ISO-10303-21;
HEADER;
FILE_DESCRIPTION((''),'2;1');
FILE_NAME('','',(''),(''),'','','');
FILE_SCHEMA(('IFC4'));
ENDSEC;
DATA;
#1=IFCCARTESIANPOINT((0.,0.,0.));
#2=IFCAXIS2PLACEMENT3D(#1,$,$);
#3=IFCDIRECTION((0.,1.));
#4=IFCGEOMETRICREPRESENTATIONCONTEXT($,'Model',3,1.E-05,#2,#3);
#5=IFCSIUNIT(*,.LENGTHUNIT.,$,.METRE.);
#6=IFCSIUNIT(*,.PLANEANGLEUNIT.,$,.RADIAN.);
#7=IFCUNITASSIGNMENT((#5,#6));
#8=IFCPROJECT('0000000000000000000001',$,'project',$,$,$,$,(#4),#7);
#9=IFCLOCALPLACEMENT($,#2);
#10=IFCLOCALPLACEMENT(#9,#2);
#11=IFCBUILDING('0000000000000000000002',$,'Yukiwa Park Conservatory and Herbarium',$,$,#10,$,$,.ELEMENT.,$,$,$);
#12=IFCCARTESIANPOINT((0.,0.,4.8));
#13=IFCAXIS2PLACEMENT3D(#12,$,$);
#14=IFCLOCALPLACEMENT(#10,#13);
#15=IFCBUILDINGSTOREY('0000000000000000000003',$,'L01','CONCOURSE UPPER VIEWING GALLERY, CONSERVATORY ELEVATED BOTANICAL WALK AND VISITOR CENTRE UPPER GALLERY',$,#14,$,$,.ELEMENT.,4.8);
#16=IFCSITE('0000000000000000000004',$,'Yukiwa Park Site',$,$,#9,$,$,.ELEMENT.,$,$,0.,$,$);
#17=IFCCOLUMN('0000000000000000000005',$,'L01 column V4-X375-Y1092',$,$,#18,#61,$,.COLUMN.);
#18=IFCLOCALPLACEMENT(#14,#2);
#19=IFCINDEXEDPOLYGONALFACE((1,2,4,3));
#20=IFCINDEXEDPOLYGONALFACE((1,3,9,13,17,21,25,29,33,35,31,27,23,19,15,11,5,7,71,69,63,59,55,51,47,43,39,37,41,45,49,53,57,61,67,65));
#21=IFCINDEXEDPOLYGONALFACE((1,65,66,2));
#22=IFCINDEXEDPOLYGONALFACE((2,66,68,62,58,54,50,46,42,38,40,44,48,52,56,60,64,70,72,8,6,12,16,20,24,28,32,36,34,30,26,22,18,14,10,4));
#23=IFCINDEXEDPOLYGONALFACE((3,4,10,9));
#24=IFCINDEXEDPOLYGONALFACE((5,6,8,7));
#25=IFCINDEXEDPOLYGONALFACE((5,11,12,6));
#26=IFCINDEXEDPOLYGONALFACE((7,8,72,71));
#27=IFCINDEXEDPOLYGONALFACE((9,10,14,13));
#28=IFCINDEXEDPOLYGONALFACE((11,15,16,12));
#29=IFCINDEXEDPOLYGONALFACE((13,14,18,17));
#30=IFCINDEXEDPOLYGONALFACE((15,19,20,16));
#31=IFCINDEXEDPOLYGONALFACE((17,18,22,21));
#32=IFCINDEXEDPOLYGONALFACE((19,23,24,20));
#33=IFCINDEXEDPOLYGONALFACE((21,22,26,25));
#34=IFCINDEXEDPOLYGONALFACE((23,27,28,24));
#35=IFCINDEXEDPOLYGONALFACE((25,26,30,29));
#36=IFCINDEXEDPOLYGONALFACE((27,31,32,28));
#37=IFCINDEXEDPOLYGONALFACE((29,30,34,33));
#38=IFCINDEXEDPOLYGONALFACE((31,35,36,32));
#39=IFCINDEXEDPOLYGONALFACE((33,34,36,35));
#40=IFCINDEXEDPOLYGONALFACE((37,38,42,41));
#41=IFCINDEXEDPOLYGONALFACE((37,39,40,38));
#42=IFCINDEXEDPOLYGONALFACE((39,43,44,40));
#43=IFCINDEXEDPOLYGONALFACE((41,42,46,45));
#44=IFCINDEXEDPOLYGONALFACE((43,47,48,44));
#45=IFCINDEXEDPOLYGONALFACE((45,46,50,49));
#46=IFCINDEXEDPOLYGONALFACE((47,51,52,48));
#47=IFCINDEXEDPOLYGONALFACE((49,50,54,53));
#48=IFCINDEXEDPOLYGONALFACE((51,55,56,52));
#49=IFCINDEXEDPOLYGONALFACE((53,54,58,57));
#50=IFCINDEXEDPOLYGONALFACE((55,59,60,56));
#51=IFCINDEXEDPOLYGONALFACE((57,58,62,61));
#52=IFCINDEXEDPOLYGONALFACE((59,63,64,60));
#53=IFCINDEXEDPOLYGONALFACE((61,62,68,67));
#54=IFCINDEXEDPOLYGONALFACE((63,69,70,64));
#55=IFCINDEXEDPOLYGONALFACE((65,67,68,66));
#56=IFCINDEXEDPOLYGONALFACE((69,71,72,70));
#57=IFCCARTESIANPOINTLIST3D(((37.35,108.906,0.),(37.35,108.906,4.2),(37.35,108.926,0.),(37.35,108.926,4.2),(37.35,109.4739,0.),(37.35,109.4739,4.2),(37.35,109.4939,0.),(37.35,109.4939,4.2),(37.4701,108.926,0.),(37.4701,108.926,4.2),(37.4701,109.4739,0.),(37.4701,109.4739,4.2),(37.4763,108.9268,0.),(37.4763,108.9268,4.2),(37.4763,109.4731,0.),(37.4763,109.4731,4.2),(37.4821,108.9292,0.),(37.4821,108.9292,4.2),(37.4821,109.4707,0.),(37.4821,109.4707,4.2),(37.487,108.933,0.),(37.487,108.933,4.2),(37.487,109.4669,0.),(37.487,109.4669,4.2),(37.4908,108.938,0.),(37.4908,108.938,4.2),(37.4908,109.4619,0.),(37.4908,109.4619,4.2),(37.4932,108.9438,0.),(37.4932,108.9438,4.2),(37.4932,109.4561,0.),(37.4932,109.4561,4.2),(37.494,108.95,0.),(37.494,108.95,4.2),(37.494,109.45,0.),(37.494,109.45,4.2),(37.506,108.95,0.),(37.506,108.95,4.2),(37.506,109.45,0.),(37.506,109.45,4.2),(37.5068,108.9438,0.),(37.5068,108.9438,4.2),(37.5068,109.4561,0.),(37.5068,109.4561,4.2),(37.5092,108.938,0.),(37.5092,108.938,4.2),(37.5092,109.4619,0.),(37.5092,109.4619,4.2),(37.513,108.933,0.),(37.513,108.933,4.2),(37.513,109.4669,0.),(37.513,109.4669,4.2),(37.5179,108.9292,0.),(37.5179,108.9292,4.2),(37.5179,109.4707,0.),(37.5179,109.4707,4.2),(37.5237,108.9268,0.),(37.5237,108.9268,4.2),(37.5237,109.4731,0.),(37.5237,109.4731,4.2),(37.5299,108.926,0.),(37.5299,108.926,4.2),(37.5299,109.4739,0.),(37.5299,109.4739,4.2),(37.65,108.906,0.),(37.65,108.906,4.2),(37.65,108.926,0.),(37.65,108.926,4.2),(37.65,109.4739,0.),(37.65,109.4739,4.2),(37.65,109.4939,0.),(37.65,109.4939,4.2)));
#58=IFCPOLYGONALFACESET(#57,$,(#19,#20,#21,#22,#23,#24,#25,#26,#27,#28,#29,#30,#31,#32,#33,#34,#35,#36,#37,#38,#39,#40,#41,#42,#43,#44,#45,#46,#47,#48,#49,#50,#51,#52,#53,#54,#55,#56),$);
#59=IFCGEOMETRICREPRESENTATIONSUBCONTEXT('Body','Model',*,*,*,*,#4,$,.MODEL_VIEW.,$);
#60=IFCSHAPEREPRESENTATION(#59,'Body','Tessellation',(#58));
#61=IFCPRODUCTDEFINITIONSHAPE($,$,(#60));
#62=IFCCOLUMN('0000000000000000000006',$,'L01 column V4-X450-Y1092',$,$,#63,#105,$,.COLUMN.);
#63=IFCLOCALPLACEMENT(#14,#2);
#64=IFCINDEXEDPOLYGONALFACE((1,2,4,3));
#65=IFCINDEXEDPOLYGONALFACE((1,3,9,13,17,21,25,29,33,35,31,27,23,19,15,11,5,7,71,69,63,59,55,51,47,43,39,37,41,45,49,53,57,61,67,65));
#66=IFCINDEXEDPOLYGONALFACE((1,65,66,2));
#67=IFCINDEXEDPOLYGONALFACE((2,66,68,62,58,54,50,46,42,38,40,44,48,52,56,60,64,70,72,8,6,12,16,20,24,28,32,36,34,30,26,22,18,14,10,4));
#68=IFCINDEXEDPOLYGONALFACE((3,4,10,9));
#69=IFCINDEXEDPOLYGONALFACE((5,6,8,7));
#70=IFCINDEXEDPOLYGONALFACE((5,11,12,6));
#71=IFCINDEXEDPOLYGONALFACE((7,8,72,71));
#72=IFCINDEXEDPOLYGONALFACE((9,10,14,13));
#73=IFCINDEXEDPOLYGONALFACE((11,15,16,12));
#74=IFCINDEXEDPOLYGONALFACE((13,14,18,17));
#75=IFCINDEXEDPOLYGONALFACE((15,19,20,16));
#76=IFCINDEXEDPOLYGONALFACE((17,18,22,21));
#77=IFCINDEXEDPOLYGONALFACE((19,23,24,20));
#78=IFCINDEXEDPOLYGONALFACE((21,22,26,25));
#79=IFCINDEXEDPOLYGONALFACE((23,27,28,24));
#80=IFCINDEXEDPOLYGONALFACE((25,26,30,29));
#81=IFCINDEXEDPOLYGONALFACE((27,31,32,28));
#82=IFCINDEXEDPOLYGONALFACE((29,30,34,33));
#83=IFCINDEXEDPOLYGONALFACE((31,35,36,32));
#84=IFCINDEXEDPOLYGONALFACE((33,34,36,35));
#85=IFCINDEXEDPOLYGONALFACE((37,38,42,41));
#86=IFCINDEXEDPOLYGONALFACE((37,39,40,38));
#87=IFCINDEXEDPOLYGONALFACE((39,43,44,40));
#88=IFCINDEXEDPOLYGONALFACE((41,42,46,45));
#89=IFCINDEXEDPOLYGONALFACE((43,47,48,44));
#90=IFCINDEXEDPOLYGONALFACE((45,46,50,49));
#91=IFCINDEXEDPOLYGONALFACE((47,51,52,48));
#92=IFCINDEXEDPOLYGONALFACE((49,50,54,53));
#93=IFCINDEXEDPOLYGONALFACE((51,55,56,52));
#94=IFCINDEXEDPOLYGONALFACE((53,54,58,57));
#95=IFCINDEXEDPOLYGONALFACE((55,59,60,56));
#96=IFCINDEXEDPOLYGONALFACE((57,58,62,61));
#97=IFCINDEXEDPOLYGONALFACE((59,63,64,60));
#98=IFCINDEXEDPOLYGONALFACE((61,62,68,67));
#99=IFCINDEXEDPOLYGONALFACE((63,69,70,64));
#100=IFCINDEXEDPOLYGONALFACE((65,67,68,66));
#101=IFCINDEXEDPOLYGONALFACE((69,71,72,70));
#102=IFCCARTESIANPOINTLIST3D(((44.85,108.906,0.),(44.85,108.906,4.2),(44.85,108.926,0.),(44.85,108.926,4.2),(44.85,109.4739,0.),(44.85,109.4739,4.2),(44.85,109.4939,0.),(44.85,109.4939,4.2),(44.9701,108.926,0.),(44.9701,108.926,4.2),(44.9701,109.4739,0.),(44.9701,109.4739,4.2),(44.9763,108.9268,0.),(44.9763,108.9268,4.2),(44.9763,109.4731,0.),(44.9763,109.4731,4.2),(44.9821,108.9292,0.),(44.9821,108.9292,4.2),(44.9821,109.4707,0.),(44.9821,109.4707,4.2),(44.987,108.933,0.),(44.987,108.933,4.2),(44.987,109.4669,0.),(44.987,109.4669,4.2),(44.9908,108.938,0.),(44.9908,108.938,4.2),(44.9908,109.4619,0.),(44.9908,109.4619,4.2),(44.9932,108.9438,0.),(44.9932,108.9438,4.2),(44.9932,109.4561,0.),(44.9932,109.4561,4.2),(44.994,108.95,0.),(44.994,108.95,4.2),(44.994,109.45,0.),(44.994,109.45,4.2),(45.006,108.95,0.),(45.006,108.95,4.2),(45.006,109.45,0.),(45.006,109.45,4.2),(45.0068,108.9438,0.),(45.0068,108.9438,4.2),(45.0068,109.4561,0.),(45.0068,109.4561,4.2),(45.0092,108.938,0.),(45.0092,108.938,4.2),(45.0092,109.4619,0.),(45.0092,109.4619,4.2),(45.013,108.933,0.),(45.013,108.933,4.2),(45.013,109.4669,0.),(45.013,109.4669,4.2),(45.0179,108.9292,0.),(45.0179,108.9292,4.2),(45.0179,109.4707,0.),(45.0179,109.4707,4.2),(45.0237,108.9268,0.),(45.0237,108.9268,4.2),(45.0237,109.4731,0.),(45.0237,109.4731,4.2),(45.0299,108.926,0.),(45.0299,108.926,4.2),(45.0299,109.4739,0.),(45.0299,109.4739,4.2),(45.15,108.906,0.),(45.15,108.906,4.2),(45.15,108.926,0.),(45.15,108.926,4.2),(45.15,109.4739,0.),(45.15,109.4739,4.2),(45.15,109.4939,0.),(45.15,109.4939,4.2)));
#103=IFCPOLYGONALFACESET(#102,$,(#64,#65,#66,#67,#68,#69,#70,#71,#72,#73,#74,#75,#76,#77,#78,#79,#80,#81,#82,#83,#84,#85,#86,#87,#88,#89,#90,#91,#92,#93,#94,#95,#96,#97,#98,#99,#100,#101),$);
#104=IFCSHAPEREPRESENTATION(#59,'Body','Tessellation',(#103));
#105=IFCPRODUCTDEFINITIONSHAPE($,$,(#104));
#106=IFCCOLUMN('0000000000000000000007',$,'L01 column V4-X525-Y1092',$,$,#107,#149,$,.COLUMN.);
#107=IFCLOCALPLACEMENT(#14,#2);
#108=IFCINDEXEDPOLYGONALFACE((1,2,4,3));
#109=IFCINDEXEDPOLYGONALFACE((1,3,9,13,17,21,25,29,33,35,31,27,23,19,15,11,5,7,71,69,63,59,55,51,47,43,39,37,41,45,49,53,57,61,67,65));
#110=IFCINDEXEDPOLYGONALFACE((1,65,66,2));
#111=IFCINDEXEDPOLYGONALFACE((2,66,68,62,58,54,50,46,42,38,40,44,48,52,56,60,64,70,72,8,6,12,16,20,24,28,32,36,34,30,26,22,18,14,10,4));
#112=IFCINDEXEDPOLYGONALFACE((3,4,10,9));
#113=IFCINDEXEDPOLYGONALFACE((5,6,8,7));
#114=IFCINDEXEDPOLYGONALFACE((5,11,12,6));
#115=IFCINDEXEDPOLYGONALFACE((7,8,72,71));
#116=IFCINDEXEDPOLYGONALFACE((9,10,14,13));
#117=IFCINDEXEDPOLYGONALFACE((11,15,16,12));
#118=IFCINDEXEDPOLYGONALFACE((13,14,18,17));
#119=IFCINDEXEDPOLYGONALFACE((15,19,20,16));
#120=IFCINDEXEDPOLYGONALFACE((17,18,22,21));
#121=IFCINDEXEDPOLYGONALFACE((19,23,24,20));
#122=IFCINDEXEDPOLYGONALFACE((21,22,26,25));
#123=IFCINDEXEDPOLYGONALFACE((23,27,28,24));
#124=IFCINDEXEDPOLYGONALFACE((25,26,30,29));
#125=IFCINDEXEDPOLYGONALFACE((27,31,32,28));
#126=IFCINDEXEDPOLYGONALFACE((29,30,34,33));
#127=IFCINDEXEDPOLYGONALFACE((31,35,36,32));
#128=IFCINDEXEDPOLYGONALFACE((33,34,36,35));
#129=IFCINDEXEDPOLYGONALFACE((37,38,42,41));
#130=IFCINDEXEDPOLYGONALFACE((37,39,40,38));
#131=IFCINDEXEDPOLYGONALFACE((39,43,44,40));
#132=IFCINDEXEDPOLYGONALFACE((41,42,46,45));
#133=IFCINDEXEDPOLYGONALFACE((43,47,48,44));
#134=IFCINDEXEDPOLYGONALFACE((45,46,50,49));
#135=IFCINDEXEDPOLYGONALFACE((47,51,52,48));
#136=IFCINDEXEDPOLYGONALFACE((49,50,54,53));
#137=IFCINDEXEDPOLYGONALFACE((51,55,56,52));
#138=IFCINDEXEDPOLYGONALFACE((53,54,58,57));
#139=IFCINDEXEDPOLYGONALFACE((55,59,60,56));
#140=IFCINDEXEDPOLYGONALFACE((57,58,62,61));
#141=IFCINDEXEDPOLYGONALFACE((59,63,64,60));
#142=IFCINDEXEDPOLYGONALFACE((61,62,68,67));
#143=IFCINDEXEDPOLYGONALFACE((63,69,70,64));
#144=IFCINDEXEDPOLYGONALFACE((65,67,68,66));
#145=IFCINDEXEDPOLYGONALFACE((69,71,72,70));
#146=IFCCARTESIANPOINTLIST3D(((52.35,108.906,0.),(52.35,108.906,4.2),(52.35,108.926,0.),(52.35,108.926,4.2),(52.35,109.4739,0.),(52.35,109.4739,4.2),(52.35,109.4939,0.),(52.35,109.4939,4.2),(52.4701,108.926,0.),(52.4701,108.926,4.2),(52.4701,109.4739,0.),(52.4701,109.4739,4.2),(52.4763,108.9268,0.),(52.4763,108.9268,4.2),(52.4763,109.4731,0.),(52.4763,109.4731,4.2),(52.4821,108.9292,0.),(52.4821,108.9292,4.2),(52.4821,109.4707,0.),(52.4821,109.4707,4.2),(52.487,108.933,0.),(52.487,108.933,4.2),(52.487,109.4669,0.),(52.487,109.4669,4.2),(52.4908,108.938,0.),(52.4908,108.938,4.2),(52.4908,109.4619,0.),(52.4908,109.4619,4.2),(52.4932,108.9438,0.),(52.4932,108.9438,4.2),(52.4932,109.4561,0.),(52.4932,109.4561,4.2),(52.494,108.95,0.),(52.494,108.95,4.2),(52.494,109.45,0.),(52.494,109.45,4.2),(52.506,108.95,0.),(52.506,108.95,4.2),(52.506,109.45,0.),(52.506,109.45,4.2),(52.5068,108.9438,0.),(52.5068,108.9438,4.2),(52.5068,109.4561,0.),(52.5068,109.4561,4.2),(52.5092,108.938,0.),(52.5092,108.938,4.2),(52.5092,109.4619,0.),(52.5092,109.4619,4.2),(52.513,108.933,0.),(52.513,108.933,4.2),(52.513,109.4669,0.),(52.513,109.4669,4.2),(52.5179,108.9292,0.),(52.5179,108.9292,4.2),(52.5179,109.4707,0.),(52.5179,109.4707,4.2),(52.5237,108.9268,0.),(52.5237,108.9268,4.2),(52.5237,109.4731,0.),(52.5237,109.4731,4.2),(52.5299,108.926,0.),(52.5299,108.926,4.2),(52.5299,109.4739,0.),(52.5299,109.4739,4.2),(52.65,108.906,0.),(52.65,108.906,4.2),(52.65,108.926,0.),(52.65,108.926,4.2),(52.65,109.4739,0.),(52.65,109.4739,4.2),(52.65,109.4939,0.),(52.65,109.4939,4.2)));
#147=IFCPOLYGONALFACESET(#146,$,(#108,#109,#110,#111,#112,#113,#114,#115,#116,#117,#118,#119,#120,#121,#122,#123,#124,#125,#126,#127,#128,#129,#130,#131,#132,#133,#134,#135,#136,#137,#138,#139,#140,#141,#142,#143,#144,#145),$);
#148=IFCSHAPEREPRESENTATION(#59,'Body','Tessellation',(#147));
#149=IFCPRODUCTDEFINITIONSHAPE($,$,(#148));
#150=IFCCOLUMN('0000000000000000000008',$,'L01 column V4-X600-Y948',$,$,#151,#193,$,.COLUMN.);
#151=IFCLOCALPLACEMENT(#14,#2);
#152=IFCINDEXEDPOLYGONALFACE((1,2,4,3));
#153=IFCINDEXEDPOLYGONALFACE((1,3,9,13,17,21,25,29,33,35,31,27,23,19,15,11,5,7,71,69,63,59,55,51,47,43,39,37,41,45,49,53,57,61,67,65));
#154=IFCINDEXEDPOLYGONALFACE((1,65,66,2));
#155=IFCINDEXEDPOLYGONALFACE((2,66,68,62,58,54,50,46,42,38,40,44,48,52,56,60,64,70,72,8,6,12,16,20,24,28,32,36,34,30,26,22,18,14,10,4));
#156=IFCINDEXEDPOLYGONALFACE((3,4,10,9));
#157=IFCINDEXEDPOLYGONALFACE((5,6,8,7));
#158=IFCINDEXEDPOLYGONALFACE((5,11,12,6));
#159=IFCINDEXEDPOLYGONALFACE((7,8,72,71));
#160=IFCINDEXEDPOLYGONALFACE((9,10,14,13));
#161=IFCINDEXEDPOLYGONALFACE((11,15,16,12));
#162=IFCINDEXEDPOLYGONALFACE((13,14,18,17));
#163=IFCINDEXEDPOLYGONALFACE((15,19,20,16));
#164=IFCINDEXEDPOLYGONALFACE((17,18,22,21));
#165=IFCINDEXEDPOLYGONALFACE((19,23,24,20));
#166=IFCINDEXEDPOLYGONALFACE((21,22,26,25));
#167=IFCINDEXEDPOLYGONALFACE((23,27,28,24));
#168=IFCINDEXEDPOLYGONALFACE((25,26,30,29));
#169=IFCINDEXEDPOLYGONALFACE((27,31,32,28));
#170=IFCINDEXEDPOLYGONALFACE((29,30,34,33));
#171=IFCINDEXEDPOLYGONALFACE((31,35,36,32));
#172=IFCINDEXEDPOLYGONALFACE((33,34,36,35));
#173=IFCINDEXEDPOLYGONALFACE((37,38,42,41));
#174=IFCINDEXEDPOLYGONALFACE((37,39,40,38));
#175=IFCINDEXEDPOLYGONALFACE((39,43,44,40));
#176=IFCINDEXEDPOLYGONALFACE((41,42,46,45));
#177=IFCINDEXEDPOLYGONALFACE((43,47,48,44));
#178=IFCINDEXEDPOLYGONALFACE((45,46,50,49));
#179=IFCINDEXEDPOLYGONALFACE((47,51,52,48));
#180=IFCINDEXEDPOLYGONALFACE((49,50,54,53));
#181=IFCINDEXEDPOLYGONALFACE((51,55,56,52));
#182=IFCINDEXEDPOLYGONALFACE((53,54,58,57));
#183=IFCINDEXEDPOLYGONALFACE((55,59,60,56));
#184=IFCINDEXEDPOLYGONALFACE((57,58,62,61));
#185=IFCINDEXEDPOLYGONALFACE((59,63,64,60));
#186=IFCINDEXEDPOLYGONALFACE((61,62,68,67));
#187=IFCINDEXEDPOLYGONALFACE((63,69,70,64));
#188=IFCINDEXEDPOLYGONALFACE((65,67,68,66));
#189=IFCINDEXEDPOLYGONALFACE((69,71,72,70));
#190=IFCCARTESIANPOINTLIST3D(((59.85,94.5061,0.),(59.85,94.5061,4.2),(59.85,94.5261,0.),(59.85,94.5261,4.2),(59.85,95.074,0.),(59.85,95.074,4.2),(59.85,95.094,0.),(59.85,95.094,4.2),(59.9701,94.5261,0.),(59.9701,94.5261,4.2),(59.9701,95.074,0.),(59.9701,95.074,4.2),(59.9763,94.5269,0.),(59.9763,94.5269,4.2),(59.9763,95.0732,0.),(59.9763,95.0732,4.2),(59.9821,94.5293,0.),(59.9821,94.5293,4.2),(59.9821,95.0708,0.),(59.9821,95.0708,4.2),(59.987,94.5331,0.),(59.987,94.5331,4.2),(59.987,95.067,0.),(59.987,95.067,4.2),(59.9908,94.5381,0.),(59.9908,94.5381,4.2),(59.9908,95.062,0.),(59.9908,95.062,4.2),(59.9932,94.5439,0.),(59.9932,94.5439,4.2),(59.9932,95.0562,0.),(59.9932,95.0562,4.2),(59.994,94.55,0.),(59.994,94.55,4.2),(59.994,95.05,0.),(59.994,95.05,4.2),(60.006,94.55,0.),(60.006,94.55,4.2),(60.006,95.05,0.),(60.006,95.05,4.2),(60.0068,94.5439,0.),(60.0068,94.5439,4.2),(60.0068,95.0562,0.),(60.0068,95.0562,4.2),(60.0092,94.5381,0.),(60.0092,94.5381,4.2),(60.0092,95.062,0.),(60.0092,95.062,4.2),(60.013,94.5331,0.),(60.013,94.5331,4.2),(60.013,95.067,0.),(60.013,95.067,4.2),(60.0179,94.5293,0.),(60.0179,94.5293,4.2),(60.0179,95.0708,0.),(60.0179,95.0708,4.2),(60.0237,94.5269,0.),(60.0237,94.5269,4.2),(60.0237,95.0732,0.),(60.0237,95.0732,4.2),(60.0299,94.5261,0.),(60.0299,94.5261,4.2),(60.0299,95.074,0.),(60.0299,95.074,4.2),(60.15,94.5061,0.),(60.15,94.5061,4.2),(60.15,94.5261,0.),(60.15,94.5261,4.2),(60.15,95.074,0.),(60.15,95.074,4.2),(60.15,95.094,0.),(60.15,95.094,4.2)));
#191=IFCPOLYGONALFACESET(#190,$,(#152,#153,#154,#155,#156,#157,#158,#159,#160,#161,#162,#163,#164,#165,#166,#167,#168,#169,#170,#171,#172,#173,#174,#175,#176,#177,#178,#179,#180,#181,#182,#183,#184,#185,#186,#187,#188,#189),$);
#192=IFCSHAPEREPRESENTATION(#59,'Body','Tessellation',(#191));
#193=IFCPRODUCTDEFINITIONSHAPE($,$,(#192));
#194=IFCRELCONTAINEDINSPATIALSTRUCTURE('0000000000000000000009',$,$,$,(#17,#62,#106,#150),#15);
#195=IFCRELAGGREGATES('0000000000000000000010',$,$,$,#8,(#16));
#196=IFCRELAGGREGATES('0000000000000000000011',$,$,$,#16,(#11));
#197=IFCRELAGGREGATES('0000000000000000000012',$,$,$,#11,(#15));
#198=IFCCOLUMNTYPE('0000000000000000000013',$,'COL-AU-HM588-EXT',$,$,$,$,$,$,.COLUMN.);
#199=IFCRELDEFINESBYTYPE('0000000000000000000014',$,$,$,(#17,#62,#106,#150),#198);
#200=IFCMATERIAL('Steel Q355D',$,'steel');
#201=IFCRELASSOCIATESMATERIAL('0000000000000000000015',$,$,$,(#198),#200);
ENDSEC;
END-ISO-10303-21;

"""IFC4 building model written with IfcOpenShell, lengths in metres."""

from ifc_helpers import new_model, si_unit, direction, frame, origin, origin_2d, place, context, subcontext, project, spatial, i_section, extrude, material, material_profile, profile_set, type_object, element, save


model = new_model("IFC4")

# Units and contexts
model_context = context("Model", 3, precision=1e-05, world=origin(), true_north=direction((0.0, 1.0)))
body_context = subcontext(model_context, "Body", "Model", "MODEL_VIEW")
ifc_project = project(units=[si_unit("LENGTHUNIT", "METRE"), si_unit("PLANEANGLEUNIT", "RADIAN")], contexts=[model_context])

# Site, building, storey
site_placement = place(None, origin())
site = spatial("IfcSite", under=ifc_project, at=site_placement, Name="Yukiwa Park Site", CompositionType="ELEMENT", RefElevation=0.0)
building_placement = place(site_placement, origin())
building = spatial("IfcBuilding", under=site, at=building_placement, Name="Yukiwa Park Conservatory and Herbarium", CompositionType="ELEMENT")
storey_placement = place(building_placement, frame((0.0, 0.0, 4.8)))
storey = spatial("IfcBuildingStorey", under=building, at=storey_placement, Name="L01", Description="CONCOURSE UPPER VIEWING GALLERY, CONSERVATORY ELEVATED BOTANICAL WALK AND VISITOR CENTRE UPPER GALLERY", CompositionType="ELEMENT", Elevation=4.8)

# Columns
ifc_material_1 = material(Name="Steel Q355D", Category="steel")
ifc_material_profile_1 = material_profile(ifc_material_1, i_section(OverallWidth=0.3, OverallDepth=0.5879, WebThickness=0.012, FlangeThickness=0.02, FilletRadius=0.0239, at=origin_2d()), Name="HM 588x300x12x20")
ifc_profile_set_1 = profile_set([ifc_material_profile_1], Name="Steel Q355D")
column_type_1 = type_object("IfcColumnType", Name="COL-AU-HM588-EXT", PredefinedType="COLUMN", material=ifc_profile_set_1)
for number, where, z_axis, x_axis, name in (
    (1, (37.5, 109.2, 0.0), (0.0, 0.0, 1.0), (1.0, 0.0, 0.0), "L01 column V4-X375-Y1092"),
    (2, (45.0, 109.2, 0.0), (0.0, 0.0, 1.0), (1.0, 0.0, 0.0), "L01 column V4-X450-Y1092"),
    (3, (52.5, 109.2, 0.0), (0.0, 0.0, 1.0), (1.0, 0.0, 0.0), "L01 column V4-X525-Y1092"),
    (4, (60.0, 94.8, 0.0), (0.0, 0.0, 1.0), (1.0, 0.0, 0.0), "L01 column V4-X600-Y948"),
):
    element("IfcColumn", number, at=place(storey_placement, frame(where, z_axis=z_axis, x_axis=x_axis)), inside=storey, type_object=column_type_1, Name=name, PredefinedType="COLUMN", context=body_context, shape_type="SweptSolid", body=[
        extrude(i_section(OverallWidth=0.3, OverallDepth=0.5879, WebThickness=0.012, FlangeThickness=0.02, FilletRadius=0.0239, at=origin_2d()), origin(), (0.0, 0.0, 1.0), 4.2),
    ])

save(model, "model.ifc")
